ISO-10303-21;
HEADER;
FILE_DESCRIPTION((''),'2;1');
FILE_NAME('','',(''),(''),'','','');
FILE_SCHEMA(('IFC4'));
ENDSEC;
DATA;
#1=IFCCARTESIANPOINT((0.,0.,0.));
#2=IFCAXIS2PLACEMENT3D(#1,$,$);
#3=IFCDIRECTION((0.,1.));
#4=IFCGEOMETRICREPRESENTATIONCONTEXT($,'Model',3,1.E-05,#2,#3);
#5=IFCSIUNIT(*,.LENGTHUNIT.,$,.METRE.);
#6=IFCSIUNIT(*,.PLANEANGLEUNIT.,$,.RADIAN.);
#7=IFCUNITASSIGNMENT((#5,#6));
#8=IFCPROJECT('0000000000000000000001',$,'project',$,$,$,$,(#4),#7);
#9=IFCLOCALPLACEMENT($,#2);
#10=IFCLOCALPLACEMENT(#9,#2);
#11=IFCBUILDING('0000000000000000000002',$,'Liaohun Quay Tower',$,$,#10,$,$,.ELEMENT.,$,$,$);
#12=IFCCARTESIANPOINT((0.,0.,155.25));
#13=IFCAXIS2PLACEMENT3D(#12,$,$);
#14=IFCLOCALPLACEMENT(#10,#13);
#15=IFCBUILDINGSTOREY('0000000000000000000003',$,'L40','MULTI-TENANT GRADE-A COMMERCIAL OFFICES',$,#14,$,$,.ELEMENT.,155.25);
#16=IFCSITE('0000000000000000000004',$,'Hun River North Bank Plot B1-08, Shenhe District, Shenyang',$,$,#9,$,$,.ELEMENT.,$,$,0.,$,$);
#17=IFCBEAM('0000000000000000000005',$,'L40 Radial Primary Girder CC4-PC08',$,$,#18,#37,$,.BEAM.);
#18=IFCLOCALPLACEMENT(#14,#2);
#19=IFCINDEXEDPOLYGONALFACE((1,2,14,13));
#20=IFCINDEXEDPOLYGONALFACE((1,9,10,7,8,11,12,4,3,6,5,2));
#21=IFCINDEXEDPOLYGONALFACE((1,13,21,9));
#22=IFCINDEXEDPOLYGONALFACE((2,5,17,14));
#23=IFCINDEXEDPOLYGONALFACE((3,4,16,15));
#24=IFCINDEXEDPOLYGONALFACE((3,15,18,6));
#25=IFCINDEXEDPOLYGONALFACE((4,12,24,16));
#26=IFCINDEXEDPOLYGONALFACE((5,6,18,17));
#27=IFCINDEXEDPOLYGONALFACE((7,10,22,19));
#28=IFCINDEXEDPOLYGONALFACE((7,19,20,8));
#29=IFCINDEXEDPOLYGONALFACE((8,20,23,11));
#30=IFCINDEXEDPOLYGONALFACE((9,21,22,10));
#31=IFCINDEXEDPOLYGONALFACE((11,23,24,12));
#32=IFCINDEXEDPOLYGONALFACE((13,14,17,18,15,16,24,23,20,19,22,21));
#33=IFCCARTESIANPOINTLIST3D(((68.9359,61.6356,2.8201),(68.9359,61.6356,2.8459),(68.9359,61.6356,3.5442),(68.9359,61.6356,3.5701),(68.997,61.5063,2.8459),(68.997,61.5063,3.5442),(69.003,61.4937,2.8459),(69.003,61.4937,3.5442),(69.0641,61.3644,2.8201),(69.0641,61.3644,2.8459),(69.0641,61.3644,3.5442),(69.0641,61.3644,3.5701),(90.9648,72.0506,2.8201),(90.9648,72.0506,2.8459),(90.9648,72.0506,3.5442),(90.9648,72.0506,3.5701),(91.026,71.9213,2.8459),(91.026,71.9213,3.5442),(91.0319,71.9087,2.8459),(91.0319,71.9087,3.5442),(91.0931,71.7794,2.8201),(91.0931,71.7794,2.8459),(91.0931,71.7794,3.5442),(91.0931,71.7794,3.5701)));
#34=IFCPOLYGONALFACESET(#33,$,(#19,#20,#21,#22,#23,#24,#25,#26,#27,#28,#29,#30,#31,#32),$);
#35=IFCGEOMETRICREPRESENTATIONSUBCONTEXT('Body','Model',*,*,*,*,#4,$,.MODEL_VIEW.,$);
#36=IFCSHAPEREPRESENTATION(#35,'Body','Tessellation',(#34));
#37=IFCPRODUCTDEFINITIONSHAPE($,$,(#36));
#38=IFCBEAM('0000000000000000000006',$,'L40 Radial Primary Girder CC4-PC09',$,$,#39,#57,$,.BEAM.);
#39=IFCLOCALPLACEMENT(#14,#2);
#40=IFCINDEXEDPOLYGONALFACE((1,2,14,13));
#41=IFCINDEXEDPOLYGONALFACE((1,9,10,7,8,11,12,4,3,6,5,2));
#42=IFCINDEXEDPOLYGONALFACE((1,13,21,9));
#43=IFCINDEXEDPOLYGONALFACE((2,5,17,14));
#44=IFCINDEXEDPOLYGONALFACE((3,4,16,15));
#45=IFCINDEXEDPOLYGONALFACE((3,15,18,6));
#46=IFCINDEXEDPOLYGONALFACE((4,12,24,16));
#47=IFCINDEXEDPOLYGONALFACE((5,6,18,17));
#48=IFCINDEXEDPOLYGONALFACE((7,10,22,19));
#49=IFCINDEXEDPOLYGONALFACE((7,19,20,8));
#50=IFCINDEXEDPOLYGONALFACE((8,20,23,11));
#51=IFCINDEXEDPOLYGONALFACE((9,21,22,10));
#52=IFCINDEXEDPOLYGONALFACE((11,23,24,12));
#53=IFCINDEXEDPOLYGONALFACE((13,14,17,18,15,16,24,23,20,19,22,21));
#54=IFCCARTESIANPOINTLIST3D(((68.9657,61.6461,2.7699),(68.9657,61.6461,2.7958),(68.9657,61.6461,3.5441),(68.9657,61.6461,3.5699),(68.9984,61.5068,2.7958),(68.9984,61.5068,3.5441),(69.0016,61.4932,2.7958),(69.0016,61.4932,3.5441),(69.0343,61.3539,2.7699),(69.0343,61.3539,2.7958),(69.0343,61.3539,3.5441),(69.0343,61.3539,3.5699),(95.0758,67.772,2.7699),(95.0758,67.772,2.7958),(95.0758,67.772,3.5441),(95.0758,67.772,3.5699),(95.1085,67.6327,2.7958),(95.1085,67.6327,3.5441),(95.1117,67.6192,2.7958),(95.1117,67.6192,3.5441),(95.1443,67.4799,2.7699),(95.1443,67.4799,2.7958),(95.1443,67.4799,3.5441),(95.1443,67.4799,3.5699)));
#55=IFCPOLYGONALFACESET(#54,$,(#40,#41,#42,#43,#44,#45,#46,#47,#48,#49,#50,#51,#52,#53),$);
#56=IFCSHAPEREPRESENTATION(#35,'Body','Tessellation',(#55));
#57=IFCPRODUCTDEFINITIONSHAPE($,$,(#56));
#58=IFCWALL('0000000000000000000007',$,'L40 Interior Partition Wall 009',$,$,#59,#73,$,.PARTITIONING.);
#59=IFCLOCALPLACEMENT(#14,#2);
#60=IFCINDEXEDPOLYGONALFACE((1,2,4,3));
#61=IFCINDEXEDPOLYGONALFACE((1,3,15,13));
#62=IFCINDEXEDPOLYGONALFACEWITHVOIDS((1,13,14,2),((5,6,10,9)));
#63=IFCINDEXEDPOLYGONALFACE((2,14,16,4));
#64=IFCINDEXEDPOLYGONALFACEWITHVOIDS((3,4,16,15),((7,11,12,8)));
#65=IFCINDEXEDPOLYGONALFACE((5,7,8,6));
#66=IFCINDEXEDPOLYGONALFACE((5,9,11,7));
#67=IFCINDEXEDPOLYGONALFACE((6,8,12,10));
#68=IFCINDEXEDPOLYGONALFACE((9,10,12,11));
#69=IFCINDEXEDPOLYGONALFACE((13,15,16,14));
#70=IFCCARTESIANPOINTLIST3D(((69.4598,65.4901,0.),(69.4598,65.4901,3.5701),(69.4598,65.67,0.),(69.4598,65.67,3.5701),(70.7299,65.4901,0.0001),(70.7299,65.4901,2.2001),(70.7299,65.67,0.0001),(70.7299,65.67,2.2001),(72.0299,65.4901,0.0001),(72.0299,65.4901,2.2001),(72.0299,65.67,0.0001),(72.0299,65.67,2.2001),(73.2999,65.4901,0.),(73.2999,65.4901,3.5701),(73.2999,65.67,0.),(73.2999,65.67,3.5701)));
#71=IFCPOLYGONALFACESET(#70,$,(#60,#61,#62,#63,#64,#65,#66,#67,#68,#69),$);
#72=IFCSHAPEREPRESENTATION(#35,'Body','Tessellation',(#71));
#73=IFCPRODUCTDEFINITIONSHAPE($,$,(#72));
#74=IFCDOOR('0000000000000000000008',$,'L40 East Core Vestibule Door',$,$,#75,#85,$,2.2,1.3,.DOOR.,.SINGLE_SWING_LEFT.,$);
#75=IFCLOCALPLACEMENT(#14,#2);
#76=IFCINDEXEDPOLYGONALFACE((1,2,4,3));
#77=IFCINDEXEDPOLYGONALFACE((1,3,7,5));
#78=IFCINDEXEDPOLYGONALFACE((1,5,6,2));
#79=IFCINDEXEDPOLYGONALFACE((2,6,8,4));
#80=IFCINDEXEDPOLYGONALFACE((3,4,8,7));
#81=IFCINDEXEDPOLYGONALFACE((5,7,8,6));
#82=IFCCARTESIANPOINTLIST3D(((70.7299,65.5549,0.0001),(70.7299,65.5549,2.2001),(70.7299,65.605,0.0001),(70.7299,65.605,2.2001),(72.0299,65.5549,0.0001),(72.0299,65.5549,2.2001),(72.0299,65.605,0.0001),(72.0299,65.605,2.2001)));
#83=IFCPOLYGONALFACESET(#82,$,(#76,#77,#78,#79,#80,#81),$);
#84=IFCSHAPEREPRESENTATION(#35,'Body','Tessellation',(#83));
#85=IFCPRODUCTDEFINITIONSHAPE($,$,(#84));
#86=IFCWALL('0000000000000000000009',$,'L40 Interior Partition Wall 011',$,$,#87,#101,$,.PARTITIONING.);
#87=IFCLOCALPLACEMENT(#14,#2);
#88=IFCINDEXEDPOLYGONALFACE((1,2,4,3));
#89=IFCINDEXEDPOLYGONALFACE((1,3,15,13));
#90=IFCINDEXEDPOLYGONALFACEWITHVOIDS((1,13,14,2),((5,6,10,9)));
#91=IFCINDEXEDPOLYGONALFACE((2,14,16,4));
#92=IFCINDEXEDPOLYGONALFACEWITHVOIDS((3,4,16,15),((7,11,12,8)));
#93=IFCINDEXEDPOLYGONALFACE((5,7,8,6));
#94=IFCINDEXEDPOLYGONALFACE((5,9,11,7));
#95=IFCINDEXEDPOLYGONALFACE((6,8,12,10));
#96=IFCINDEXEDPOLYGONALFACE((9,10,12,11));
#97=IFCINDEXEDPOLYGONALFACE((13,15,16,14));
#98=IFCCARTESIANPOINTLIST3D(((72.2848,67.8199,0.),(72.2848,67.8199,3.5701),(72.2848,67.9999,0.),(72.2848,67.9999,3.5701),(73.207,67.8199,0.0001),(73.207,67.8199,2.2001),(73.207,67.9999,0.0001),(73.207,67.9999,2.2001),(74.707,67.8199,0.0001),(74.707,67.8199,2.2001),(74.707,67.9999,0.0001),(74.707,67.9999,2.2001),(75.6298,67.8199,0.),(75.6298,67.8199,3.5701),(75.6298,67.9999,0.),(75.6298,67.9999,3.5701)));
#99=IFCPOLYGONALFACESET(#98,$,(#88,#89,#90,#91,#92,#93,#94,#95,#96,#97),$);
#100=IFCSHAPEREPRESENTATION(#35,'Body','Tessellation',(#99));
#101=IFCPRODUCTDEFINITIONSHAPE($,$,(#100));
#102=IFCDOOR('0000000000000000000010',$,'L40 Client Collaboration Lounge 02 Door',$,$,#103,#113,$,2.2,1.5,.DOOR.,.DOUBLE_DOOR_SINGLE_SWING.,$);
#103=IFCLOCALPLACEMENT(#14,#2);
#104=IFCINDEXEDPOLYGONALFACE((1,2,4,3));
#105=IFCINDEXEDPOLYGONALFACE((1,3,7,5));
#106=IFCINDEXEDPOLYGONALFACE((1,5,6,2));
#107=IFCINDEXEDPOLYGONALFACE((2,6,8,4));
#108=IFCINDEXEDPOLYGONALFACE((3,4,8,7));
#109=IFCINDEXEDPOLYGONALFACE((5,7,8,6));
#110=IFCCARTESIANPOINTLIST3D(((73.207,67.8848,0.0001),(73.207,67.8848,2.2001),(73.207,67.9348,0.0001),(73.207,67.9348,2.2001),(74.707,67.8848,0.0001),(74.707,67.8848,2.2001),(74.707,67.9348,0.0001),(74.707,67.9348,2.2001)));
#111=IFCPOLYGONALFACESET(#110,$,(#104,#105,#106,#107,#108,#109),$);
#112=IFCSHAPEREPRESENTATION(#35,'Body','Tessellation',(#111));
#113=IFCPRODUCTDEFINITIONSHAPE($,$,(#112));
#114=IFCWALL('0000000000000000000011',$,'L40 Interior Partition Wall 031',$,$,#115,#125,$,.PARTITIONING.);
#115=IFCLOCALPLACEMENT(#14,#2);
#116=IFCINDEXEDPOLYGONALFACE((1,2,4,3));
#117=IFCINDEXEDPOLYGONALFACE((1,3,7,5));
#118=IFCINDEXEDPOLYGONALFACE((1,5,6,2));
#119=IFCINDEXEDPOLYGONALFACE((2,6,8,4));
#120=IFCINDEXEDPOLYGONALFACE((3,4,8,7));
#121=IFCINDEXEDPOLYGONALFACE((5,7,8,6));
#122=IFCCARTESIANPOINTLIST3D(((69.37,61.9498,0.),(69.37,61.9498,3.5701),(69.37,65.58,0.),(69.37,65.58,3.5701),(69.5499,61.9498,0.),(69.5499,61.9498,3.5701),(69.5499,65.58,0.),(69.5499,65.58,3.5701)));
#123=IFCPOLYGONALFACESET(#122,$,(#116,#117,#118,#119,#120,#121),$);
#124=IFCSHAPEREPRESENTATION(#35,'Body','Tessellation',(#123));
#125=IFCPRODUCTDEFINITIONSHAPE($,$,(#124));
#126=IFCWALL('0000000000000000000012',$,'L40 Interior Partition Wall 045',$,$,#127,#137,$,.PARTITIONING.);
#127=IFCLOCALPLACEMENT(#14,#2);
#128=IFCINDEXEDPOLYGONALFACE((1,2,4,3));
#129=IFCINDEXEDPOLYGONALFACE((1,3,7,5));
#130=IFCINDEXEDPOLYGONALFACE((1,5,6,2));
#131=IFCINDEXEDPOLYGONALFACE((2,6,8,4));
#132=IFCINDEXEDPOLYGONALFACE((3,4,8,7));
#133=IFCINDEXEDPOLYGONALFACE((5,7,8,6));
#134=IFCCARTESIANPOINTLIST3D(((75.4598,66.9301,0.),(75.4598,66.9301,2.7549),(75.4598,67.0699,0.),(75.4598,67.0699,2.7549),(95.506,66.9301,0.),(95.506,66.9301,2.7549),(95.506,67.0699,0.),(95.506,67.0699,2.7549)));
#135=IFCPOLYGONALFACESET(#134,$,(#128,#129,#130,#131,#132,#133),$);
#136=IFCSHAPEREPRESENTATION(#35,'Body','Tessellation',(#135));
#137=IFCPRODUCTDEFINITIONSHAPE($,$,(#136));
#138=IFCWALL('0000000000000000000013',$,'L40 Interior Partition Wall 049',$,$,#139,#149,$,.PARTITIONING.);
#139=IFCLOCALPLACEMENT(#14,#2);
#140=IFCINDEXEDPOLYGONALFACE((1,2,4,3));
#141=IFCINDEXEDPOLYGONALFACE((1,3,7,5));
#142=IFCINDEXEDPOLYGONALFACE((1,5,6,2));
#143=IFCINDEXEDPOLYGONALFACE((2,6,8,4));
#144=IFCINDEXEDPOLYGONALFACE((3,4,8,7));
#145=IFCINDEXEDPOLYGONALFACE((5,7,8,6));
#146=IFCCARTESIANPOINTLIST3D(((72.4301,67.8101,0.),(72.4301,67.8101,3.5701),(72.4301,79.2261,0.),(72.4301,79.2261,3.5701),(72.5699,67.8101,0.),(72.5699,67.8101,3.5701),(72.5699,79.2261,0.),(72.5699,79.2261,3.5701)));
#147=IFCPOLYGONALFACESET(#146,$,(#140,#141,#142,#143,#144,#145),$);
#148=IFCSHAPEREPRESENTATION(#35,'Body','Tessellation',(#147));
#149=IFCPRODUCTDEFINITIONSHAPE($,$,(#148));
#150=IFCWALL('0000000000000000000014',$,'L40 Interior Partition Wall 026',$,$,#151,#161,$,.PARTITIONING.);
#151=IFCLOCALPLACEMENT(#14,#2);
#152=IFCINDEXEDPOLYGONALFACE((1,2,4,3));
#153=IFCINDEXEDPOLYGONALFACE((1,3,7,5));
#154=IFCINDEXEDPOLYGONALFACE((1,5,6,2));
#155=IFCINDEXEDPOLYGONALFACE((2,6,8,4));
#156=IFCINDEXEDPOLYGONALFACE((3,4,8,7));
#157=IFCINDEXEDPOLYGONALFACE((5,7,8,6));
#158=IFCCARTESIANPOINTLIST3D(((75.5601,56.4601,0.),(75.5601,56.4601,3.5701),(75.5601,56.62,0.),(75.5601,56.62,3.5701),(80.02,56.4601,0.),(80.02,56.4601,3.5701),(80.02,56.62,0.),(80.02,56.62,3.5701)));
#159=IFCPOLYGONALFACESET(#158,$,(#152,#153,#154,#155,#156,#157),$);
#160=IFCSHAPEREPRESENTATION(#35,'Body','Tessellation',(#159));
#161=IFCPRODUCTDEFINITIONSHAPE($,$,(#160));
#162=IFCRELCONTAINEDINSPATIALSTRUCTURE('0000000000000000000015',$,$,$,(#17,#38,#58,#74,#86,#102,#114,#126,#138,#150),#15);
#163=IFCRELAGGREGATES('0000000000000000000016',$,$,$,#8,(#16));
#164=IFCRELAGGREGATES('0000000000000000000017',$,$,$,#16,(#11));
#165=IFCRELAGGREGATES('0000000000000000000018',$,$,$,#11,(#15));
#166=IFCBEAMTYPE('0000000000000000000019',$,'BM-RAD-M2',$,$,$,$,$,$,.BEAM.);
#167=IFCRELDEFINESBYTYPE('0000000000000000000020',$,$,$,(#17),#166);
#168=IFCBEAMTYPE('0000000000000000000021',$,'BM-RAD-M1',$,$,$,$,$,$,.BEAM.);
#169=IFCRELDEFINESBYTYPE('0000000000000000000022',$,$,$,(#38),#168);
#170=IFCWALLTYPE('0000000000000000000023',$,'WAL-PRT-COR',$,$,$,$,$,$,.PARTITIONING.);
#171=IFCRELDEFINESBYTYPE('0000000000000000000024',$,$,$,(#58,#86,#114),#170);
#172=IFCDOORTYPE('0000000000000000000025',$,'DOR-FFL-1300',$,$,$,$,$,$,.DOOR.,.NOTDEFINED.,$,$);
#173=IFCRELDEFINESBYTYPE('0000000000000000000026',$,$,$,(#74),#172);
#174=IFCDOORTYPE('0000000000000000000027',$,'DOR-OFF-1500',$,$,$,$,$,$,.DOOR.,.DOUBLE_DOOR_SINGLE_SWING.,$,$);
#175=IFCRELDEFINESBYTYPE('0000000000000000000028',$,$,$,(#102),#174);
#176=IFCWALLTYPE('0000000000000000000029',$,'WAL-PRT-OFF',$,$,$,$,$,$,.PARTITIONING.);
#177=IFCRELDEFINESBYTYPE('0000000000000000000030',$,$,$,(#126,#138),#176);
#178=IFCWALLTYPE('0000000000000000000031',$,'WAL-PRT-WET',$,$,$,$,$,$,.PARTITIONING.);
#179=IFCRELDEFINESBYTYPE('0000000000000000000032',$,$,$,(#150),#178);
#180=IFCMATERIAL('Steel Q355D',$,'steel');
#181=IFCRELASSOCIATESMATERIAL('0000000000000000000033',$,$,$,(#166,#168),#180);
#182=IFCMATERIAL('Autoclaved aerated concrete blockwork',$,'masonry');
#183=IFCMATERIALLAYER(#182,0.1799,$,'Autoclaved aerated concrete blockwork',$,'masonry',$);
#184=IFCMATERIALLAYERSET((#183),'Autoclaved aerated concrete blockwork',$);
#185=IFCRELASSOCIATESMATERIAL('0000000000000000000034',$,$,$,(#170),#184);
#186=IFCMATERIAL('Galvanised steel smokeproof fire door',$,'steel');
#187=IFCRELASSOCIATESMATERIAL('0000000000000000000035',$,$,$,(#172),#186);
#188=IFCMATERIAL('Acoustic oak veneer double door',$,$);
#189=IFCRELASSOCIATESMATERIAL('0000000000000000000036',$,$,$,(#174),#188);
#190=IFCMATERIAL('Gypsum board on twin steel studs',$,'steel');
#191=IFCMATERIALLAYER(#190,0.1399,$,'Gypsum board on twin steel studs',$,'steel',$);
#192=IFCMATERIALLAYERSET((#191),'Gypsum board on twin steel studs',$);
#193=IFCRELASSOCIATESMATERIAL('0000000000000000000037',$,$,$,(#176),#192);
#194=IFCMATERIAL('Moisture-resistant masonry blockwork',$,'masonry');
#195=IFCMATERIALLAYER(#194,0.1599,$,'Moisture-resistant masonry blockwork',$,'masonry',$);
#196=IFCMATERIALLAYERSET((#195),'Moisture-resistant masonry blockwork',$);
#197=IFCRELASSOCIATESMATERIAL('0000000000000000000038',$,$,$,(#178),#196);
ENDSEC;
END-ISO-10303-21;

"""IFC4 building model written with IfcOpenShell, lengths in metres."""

from ifc_helpers import new_model, si_unit, direction, frame, frame_2d, origin, origin_2d, place, context, subcontext, project, spatial, rectangle, i_section, extrude, source, transform, mapped, material, layer, layer_set, material_profile, profile_set, type_object, element, fill, save


model = new_model("IFC4")

# Units and contexts
model_context = context("Model", 3, precision=1e-05, world=origin(), true_north=direction((0.0, 1.0)))
body_context = subcontext(model_context, "Body", "Model", "MODEL_VIEW")
ifc_project = project(units=[si_unit("LENGTHUNIT", "METRE"), si_unit("PLANEANGLEUNIT", "RADIAN")], contexts=[model_context])

# Site, building, storey
site_placement = place(None, origin())
site = spatial("IfcSite", under=ifc_project, at=site_placement, Name="Hun River North Bank Plot B1-08, Shenhe District, Shenyang", CompositionType="ELEMENT", RefElevation=0.0)
building_placement = place(site_placement, origin())
building = spatial("IfcBuilding", under=site, at=building_placement, Name="Liaohun Quay Tower", CompositionType="ELEMENT")
storey_placement = place(building_placement, frame((0.0, 0.0, 155.25)))
storey = spatial("IfcBuildingStorey", under=building, at=storey_placement, Name="L40", Description="MULTI-TENANT GRADE-A COMMERCIAL OFFICES", CompositionType="ELEMENT", Elevation=155.25)

# Beams
ifc_material_1 = material(Name="Steel Q355D", Category="steel")
ifc_material_profile_1 = material_profile(ifc_material_1, i_section(OverallWidth=0.3, OverallDepth=0.75, WebThickness=0.0139, FlangeThickness=0.0259, at=origin_2d()), Name="HN750x300x14x26")
ifc_profile_set_1 = profile_set([ifc_material_profile_1], Name="Steel Q355D")
beam_type_1 = type_object("IfcBeamType", Name="BM-RAD-M2", PredefinedType="BEAM", material=ifc_profile_set_1)
shared_shape_1 = source(origin(), body_context, "Body", "SweptSolid", [
    extrude(i_section(OverallWidth=0.3, OverallDepth=0.75, WebThickness=0.0139, FlangeThickness=0.0259, at=origin_2d()), origin(), (0.0, 0.0, 1.0), 24.3669),
])
beam_1_placement = place(storey_placement, frame((69.0, 61.5, 3.1951), z_axis=(0.904052, 0.427423, 0.0), x_axis=(-0.427423, 0.904052, 0.0)))
element("IfcBeam", 1, at=beam_1_placement, inside=storey, type_object=beam_type_1, Name="L40 Radial Primary Girder CC4-PC08", PredefinedType="BEAM", context=body_context, shape_type="MappedRepresentation", body=[
    mapped(shared_shape_1, transform((0.0, 0.0, 0.0), x_axis=(1.0, 0.0, 0.0), y_axis=(0.0, 1.0, 0.0), z_axis=(0.0, 0.0, 1.0), scale=1.0)),
])
ifc_material_profile_2 = material_profile(ifc_material_1, i_section(OverallWidth=0.3, OverallDepth=0.8, WebThickness=0.0139, FlangeThickness=0.0259, at=origin_2d()), Name="HN800x300x14x26")
ifc_profile_set_2 = profile_set([ifc_material_profile_2], Name="Steel Q355D")
beam_type_2 = type_object("IfcBeamType", Name="BM-RAD-M1", PredefinedType="BEAM", material=ifc_profile_set_2)
shared_shape_2 = source(origin(), body_context, "Body", "SweptSolid", [
    extrude(i_section(OverallWidth=0.3, OverallDepth=0.8, WebThickness=0.0139, FlangeThickness=0.0259, at=origin_2d()), origin(), (0.0, 0.0, 1.0), 26.8191),
])
beam_2_placement = place(storey_placement, frame((69.0, 61.5, 3.1699), z_axis=(0.973563, 0.228418, 0.0), x_axis=(-0.228418, 0.973563, 0.0)))
element("IfcBeam", 2, at=beam_2_placement, inside=storey, type_object=beam_type_2, Name="L40 Radial Primary Girder CC4-PC09", PredefinedType="BEAM", context=body_context, shape_type="MappedRepresentation", body=[
    mapped(shared_shape_2, transform((0.0, 0.0, 0.0), x_axis=(1.0, 0.0, 0.0), y_axis=(0.0, 1.0, 0.0), z_axis=(0.0, 0.0, 1.0), scale=1.0)),
])

# Walls, openings, doors
ifc_material_2 = material(Name="Autoclaved aerated concrete blockwork", Category="masonry")
ifc_layer_1 = layer(ifc_material_2, 0.1799, Name="Autoclaved aerated concrete blockwork", Category="masonry")
ifc_layer_set_1 = layer_set([ifc_layer_1], Name="Autoclaved aerated concrete blockwork")
wall_type_1 = type_object("IfcWallType", Name="WAL-PRT-COR", PredefinedType="PARTITIONING", material=ifc_layer_set_1)
wall_1_placement = place(storey_placement, frame((69.46, 65.5801, 0.0), z_axis=(0.0, 0.0, 1.0), x_axis=(1.0, 0.0, 0.0)))
wall_1 = element("IfcWall", 3, at=wall_1_placement, inside=storey, type_object=wall_type_1, Name="L40 Interior Partition Wall 009", PredefinedType="PARTITIONING", context=body_context, shape_type="SweptSolid", body=[
    extrude(rectangle(XDim=3.8401, YDim=0.1799, at=frame_2d((1.9199, 0.0))), origin(), (0.0, 0.0, 1.0), 3.5701),
])
shared_shape_3 = source(origin(), body_context, "Body", "SweptSolid", [
    extrude(rectangle(XDim=1.3, YDim=2.2, at=frame_2d((0.6499, 1.1001))), frame((0.0, 0.0999, 0.0), z_axis=(0.0, -1.0, 0.0), x_axis=(1.0, 0.0, 0.0)), (0.0, 0.0, 1.0), 0.2),
])
opening_1_placement = place(wall_1_placement, frame((1.27, 0.0, 0.0)))
opening_1 = element("IfcOpeningElement", 4, at=opening_1_placement, cuts=wall_1, PredefinedType="OPENING", context=body_context, shape_type="MappedRepresentation", body=[
    mapped(shared_shape_3, transform((0.0, 0.0, 0.0), x_axis=(1.0, 0.0, 0.0), y_axis=(0.0, 1.0, 0.0), z_axis=(0.0, 0.0, 1.0), scale=1.0)),
])
ifc_material_3 = material(Name="Galvanised steel smokeproof fire door", Category="steel")
door_type_1 = type_object("IfcDoorType", Name="DOR-FFL-1300", OperationType="NOTDEFINED", PredefinedType="DOOR", material=ifc_material_3)
shared_shape_4 = source(origin(), body_context, "Body", "SweptSolid", [
    extrude(rectangle(XDim=1.3, YDim=2.2, at=frame_2d((0.6499, 1.1001))), frame((0.0, 0.0249, 0.0), z_axis=(0.0, -1.0, 0.0), x_axis=(1.0, 0.0, 0.0)), (0.0, 0.0, 1.0), 0.05),
])
door_1_placement = place(opening_1_placement, origin())
door_1 = element("IfcDoor", 5, at=door_1_placement, inside=storey, type_object=door_type_1, Name="L40 East Core Vestibule Door", OperationType="SINGLE_SWING_LEFT", OverallHeight=2.2, OverallWidth=1.3, PredefinedType="DOOR", context=body_context, shape_type="MappedRepresentation", body=[
    mapped(shared_shape_4, transform((0.0, 0.0, 0.0), x_axis=(1.0, 0.0, 0.0), y_axis=(0.0, 1.0, 0.0), z_axis=(0.0, 0.0, 1.0), scale=1.0)),
])
fill(opening_1, door_1)
wall_2_placement = place(storey_placement, frame((72.2849, 67.9099, 0.0), z_axis=(0.0, 0.0, 1.0), x_axis=(1.0, 0.0, 0.0)))
wall_2 = element("IfcWall", 6, at=wall_2_placement, inside=storey, type_object=wall_type_1, Name="L40 Interior Partition Wall 011", PredefinedType="PARTITIONING", context=body_context, shape_type="SweptSolid", body=[
    extrude(rectangle(XDim=3.345, YDim=0.1799, at=frame_2d((1.6724, 0.0))), origin(), (0.0, 0.0, 1.0), 3.5701),
])
shared_shape_5 = source(origin(), body_context, "Body", "SweptSolid", [
    extrude(rectangle(XDim=1.5, YDim=2.2, at=frame_2d((0.75, 1.1001))), frame((0.0, 0.0999, 0.0), z_axis=(0.0, -1.0, 0.0), x_axis=(1.0, 0.0, 0.0)), (0.0, 0.0, 1.0), 0.2),
])
opening_2_placement = place(wall_2_placement, frame((0.9221, 0.0, 0.0)))
opening_2 = element("IfcOpeningElement", 7, at=opening_2_placement, cuts=wall_2, PredefinedType="OPENING", context=body_context, shape_type="MappedRepresentation", body=[
    mapped(shared_shape_5, transform((0.0, 0.0, 0.0), x_axis=(1.0, 0.0, 0.0), y_axis=(0.0, 1.0, 0.0), z_axis=(0.0, 0.0, 1.0), scale=1.0)),
])
ifc_material_4 = material(Name="Acoustic oak veneer double door")
door_type_2 = type_object("IfcDoorType", Name="DOR-OFF-1500", OperationType="DOUBLE_DOOR_SINGLE_SWING", PredefinedType="DOOR", material=ifc_material_4)
shared_shape_6 = source(origin(), body_context, "Body", "SweptSolid", [
    extrude(rectangle(XDim=1.5, YDim=2.2, at=frame_2d((0.75, 1.1001))), frame((0.0, 0.0249, 0.0), z_axis=(0.0, -1.0, 0.0), x_axis=(1.0, 0.0, 0.0)), (0.0, 0.0, 1.0), 0.05),
])
door_2_placement = place(opening_2_placement, origin())
door_2 = element("IfcDoor", 8, at=door_2_placement, inside=storey, type_object=door_type_2, Name="L40 Client Collaboration Lounge 02 Door", OperationType="DOUBLE_DOOR_SINGLE_SWING", OverallHeight=2.2, OverallWidth=1.5, PredefinedType="DOOR", context=body_context, shape_type="MappedRepresentation", body=[
    mapped(shared_shape_6, transform((0.0, 0.0, 0.0), x_axis=(1.0, 0.0, 0.0), y_axis=(0.0, 1.0, 0.0), z_axis=(0.0, 0.0, 1.0), scale=1.0)),
])
fill(opening_2, door_2)

# Walls
wall_3_placement = place(storey_placement, frame((69.46, 61.95, 0.0), z_axis=(0.0, 0.0, 1.0), x_axis=(0.0, 1.0, 0.0)))
element("IfcWall", 9, at=wall_3_placement, inside=storey, type_object=wall_type_1, Name="L40 Interior Partition Wall 031", PredefinedType="PARTITIONING", context=body_context, shape_type="SweptSolid", body=[
    extrude(rectangle(XDim=3.6301, YDim=0.1799, at=frame_2d((1.8149, 0.0))), origin(), (0.0, 0.0, 1.0), 3.5701),
])
ifc_material_5 = material(Name="Gypsum board on twin steel studs", Category="steel")
ifc_layer_2 = layer(ifc_material_5, 0.1399, Name="Gypsum board on twin steel studs", Category="steel")
ifc_layer_set_2 = layer_set([ifc_layer_2], Name="Gypsum board on twin steel studs")
wall_type_2 = type_object("IfcWallType", Name="WAL-PRT-OFF", PredefinedType="PARTITIONING", material=ifc_layer_set_2)
wall_4_placement = place(storey_placement, frame((75.46, 67.0, 0.0), z_axis=(0.0, 0.0, 1.0), x_axis=(1.0, 0.0, 0.0)))
element("IfcWall", 10, at=wall_4_placement, inside=storey, type_object=wall_type_2, Name="L40 Interior Partition Wall 045", PredefinedType="PARTITIONING", context=body_context, shape_type="SweptSolid", body=[
    extrude(rectangle(XDim=20.0461, YDim=0.1399, at=frame_2d((10.0229, 0.0))), origin(), (0.0, 0.0, 1.0), 2.7549),
])
wall_5_placement = place(storey_placement, frame((72.5, 67.8101, 0.0), z_axis=(0.0, 0.0, 1.0), x_axis=(0.0, 1.0, 0.0)))
element("IfcWall", 11, at=wall_5_placement, inside=storey, type_object=wall_type_2, Name="L40 Interior Partition Wall 049", PredefinedType="PARTITIONING", context=body_context, shape_type="SweptSolid", body=[
    extrude(rectangle(XDim=11.416, YDim=0.1399, at=frame_2d((5.708, 0.0))), origin(), (0.0, 0.0, 1.0), 3.5701),
])

# Shared definitions
ifc_material_6 = material(Name="Moisture-resistant masonry blockwork", Category="masonry")
ifc_layer_3 = layer(ifc_material_6, 0.1599, Name="Moisture-resistant masonry blockwork", Category="masonry")
ifc_layer_set_3 = layer_set([ifc_layer_3], Name="Moisture-resistant masonry blockwork")
wall_type_3 = type_object("IfcWallType", Name="WAL-PRT-WET", PredefinedType="PARTITIONING", material=ifc_layer_set_3)

# Wall
for number, where, z_axis, x_axis, name in (
    (12, (75.5601, 56.54, 0.0), (0.0, 0.0, 1.0), (1.0, 0.0, 0.0), "L40 Interior Partition Wall 026"),
):
    element("IfcWall", number, at=place(storey_placement, frame(where, z_axis=z_axis, x_axis=x_axis)), inside=storey, type_object=wall_type_3, Name=name, PredefinedType="PARTITIONING", context=body_context, shape_type="SweptSolid", body=[
        extrude(rectangle(XDim=4.46, YDim=0.1599, at=frame_2d((2.23, 0.0))), origin(), (0.0, 0.0, 1.0), 3.5701),
    ])

save(model, "model.ifc")
